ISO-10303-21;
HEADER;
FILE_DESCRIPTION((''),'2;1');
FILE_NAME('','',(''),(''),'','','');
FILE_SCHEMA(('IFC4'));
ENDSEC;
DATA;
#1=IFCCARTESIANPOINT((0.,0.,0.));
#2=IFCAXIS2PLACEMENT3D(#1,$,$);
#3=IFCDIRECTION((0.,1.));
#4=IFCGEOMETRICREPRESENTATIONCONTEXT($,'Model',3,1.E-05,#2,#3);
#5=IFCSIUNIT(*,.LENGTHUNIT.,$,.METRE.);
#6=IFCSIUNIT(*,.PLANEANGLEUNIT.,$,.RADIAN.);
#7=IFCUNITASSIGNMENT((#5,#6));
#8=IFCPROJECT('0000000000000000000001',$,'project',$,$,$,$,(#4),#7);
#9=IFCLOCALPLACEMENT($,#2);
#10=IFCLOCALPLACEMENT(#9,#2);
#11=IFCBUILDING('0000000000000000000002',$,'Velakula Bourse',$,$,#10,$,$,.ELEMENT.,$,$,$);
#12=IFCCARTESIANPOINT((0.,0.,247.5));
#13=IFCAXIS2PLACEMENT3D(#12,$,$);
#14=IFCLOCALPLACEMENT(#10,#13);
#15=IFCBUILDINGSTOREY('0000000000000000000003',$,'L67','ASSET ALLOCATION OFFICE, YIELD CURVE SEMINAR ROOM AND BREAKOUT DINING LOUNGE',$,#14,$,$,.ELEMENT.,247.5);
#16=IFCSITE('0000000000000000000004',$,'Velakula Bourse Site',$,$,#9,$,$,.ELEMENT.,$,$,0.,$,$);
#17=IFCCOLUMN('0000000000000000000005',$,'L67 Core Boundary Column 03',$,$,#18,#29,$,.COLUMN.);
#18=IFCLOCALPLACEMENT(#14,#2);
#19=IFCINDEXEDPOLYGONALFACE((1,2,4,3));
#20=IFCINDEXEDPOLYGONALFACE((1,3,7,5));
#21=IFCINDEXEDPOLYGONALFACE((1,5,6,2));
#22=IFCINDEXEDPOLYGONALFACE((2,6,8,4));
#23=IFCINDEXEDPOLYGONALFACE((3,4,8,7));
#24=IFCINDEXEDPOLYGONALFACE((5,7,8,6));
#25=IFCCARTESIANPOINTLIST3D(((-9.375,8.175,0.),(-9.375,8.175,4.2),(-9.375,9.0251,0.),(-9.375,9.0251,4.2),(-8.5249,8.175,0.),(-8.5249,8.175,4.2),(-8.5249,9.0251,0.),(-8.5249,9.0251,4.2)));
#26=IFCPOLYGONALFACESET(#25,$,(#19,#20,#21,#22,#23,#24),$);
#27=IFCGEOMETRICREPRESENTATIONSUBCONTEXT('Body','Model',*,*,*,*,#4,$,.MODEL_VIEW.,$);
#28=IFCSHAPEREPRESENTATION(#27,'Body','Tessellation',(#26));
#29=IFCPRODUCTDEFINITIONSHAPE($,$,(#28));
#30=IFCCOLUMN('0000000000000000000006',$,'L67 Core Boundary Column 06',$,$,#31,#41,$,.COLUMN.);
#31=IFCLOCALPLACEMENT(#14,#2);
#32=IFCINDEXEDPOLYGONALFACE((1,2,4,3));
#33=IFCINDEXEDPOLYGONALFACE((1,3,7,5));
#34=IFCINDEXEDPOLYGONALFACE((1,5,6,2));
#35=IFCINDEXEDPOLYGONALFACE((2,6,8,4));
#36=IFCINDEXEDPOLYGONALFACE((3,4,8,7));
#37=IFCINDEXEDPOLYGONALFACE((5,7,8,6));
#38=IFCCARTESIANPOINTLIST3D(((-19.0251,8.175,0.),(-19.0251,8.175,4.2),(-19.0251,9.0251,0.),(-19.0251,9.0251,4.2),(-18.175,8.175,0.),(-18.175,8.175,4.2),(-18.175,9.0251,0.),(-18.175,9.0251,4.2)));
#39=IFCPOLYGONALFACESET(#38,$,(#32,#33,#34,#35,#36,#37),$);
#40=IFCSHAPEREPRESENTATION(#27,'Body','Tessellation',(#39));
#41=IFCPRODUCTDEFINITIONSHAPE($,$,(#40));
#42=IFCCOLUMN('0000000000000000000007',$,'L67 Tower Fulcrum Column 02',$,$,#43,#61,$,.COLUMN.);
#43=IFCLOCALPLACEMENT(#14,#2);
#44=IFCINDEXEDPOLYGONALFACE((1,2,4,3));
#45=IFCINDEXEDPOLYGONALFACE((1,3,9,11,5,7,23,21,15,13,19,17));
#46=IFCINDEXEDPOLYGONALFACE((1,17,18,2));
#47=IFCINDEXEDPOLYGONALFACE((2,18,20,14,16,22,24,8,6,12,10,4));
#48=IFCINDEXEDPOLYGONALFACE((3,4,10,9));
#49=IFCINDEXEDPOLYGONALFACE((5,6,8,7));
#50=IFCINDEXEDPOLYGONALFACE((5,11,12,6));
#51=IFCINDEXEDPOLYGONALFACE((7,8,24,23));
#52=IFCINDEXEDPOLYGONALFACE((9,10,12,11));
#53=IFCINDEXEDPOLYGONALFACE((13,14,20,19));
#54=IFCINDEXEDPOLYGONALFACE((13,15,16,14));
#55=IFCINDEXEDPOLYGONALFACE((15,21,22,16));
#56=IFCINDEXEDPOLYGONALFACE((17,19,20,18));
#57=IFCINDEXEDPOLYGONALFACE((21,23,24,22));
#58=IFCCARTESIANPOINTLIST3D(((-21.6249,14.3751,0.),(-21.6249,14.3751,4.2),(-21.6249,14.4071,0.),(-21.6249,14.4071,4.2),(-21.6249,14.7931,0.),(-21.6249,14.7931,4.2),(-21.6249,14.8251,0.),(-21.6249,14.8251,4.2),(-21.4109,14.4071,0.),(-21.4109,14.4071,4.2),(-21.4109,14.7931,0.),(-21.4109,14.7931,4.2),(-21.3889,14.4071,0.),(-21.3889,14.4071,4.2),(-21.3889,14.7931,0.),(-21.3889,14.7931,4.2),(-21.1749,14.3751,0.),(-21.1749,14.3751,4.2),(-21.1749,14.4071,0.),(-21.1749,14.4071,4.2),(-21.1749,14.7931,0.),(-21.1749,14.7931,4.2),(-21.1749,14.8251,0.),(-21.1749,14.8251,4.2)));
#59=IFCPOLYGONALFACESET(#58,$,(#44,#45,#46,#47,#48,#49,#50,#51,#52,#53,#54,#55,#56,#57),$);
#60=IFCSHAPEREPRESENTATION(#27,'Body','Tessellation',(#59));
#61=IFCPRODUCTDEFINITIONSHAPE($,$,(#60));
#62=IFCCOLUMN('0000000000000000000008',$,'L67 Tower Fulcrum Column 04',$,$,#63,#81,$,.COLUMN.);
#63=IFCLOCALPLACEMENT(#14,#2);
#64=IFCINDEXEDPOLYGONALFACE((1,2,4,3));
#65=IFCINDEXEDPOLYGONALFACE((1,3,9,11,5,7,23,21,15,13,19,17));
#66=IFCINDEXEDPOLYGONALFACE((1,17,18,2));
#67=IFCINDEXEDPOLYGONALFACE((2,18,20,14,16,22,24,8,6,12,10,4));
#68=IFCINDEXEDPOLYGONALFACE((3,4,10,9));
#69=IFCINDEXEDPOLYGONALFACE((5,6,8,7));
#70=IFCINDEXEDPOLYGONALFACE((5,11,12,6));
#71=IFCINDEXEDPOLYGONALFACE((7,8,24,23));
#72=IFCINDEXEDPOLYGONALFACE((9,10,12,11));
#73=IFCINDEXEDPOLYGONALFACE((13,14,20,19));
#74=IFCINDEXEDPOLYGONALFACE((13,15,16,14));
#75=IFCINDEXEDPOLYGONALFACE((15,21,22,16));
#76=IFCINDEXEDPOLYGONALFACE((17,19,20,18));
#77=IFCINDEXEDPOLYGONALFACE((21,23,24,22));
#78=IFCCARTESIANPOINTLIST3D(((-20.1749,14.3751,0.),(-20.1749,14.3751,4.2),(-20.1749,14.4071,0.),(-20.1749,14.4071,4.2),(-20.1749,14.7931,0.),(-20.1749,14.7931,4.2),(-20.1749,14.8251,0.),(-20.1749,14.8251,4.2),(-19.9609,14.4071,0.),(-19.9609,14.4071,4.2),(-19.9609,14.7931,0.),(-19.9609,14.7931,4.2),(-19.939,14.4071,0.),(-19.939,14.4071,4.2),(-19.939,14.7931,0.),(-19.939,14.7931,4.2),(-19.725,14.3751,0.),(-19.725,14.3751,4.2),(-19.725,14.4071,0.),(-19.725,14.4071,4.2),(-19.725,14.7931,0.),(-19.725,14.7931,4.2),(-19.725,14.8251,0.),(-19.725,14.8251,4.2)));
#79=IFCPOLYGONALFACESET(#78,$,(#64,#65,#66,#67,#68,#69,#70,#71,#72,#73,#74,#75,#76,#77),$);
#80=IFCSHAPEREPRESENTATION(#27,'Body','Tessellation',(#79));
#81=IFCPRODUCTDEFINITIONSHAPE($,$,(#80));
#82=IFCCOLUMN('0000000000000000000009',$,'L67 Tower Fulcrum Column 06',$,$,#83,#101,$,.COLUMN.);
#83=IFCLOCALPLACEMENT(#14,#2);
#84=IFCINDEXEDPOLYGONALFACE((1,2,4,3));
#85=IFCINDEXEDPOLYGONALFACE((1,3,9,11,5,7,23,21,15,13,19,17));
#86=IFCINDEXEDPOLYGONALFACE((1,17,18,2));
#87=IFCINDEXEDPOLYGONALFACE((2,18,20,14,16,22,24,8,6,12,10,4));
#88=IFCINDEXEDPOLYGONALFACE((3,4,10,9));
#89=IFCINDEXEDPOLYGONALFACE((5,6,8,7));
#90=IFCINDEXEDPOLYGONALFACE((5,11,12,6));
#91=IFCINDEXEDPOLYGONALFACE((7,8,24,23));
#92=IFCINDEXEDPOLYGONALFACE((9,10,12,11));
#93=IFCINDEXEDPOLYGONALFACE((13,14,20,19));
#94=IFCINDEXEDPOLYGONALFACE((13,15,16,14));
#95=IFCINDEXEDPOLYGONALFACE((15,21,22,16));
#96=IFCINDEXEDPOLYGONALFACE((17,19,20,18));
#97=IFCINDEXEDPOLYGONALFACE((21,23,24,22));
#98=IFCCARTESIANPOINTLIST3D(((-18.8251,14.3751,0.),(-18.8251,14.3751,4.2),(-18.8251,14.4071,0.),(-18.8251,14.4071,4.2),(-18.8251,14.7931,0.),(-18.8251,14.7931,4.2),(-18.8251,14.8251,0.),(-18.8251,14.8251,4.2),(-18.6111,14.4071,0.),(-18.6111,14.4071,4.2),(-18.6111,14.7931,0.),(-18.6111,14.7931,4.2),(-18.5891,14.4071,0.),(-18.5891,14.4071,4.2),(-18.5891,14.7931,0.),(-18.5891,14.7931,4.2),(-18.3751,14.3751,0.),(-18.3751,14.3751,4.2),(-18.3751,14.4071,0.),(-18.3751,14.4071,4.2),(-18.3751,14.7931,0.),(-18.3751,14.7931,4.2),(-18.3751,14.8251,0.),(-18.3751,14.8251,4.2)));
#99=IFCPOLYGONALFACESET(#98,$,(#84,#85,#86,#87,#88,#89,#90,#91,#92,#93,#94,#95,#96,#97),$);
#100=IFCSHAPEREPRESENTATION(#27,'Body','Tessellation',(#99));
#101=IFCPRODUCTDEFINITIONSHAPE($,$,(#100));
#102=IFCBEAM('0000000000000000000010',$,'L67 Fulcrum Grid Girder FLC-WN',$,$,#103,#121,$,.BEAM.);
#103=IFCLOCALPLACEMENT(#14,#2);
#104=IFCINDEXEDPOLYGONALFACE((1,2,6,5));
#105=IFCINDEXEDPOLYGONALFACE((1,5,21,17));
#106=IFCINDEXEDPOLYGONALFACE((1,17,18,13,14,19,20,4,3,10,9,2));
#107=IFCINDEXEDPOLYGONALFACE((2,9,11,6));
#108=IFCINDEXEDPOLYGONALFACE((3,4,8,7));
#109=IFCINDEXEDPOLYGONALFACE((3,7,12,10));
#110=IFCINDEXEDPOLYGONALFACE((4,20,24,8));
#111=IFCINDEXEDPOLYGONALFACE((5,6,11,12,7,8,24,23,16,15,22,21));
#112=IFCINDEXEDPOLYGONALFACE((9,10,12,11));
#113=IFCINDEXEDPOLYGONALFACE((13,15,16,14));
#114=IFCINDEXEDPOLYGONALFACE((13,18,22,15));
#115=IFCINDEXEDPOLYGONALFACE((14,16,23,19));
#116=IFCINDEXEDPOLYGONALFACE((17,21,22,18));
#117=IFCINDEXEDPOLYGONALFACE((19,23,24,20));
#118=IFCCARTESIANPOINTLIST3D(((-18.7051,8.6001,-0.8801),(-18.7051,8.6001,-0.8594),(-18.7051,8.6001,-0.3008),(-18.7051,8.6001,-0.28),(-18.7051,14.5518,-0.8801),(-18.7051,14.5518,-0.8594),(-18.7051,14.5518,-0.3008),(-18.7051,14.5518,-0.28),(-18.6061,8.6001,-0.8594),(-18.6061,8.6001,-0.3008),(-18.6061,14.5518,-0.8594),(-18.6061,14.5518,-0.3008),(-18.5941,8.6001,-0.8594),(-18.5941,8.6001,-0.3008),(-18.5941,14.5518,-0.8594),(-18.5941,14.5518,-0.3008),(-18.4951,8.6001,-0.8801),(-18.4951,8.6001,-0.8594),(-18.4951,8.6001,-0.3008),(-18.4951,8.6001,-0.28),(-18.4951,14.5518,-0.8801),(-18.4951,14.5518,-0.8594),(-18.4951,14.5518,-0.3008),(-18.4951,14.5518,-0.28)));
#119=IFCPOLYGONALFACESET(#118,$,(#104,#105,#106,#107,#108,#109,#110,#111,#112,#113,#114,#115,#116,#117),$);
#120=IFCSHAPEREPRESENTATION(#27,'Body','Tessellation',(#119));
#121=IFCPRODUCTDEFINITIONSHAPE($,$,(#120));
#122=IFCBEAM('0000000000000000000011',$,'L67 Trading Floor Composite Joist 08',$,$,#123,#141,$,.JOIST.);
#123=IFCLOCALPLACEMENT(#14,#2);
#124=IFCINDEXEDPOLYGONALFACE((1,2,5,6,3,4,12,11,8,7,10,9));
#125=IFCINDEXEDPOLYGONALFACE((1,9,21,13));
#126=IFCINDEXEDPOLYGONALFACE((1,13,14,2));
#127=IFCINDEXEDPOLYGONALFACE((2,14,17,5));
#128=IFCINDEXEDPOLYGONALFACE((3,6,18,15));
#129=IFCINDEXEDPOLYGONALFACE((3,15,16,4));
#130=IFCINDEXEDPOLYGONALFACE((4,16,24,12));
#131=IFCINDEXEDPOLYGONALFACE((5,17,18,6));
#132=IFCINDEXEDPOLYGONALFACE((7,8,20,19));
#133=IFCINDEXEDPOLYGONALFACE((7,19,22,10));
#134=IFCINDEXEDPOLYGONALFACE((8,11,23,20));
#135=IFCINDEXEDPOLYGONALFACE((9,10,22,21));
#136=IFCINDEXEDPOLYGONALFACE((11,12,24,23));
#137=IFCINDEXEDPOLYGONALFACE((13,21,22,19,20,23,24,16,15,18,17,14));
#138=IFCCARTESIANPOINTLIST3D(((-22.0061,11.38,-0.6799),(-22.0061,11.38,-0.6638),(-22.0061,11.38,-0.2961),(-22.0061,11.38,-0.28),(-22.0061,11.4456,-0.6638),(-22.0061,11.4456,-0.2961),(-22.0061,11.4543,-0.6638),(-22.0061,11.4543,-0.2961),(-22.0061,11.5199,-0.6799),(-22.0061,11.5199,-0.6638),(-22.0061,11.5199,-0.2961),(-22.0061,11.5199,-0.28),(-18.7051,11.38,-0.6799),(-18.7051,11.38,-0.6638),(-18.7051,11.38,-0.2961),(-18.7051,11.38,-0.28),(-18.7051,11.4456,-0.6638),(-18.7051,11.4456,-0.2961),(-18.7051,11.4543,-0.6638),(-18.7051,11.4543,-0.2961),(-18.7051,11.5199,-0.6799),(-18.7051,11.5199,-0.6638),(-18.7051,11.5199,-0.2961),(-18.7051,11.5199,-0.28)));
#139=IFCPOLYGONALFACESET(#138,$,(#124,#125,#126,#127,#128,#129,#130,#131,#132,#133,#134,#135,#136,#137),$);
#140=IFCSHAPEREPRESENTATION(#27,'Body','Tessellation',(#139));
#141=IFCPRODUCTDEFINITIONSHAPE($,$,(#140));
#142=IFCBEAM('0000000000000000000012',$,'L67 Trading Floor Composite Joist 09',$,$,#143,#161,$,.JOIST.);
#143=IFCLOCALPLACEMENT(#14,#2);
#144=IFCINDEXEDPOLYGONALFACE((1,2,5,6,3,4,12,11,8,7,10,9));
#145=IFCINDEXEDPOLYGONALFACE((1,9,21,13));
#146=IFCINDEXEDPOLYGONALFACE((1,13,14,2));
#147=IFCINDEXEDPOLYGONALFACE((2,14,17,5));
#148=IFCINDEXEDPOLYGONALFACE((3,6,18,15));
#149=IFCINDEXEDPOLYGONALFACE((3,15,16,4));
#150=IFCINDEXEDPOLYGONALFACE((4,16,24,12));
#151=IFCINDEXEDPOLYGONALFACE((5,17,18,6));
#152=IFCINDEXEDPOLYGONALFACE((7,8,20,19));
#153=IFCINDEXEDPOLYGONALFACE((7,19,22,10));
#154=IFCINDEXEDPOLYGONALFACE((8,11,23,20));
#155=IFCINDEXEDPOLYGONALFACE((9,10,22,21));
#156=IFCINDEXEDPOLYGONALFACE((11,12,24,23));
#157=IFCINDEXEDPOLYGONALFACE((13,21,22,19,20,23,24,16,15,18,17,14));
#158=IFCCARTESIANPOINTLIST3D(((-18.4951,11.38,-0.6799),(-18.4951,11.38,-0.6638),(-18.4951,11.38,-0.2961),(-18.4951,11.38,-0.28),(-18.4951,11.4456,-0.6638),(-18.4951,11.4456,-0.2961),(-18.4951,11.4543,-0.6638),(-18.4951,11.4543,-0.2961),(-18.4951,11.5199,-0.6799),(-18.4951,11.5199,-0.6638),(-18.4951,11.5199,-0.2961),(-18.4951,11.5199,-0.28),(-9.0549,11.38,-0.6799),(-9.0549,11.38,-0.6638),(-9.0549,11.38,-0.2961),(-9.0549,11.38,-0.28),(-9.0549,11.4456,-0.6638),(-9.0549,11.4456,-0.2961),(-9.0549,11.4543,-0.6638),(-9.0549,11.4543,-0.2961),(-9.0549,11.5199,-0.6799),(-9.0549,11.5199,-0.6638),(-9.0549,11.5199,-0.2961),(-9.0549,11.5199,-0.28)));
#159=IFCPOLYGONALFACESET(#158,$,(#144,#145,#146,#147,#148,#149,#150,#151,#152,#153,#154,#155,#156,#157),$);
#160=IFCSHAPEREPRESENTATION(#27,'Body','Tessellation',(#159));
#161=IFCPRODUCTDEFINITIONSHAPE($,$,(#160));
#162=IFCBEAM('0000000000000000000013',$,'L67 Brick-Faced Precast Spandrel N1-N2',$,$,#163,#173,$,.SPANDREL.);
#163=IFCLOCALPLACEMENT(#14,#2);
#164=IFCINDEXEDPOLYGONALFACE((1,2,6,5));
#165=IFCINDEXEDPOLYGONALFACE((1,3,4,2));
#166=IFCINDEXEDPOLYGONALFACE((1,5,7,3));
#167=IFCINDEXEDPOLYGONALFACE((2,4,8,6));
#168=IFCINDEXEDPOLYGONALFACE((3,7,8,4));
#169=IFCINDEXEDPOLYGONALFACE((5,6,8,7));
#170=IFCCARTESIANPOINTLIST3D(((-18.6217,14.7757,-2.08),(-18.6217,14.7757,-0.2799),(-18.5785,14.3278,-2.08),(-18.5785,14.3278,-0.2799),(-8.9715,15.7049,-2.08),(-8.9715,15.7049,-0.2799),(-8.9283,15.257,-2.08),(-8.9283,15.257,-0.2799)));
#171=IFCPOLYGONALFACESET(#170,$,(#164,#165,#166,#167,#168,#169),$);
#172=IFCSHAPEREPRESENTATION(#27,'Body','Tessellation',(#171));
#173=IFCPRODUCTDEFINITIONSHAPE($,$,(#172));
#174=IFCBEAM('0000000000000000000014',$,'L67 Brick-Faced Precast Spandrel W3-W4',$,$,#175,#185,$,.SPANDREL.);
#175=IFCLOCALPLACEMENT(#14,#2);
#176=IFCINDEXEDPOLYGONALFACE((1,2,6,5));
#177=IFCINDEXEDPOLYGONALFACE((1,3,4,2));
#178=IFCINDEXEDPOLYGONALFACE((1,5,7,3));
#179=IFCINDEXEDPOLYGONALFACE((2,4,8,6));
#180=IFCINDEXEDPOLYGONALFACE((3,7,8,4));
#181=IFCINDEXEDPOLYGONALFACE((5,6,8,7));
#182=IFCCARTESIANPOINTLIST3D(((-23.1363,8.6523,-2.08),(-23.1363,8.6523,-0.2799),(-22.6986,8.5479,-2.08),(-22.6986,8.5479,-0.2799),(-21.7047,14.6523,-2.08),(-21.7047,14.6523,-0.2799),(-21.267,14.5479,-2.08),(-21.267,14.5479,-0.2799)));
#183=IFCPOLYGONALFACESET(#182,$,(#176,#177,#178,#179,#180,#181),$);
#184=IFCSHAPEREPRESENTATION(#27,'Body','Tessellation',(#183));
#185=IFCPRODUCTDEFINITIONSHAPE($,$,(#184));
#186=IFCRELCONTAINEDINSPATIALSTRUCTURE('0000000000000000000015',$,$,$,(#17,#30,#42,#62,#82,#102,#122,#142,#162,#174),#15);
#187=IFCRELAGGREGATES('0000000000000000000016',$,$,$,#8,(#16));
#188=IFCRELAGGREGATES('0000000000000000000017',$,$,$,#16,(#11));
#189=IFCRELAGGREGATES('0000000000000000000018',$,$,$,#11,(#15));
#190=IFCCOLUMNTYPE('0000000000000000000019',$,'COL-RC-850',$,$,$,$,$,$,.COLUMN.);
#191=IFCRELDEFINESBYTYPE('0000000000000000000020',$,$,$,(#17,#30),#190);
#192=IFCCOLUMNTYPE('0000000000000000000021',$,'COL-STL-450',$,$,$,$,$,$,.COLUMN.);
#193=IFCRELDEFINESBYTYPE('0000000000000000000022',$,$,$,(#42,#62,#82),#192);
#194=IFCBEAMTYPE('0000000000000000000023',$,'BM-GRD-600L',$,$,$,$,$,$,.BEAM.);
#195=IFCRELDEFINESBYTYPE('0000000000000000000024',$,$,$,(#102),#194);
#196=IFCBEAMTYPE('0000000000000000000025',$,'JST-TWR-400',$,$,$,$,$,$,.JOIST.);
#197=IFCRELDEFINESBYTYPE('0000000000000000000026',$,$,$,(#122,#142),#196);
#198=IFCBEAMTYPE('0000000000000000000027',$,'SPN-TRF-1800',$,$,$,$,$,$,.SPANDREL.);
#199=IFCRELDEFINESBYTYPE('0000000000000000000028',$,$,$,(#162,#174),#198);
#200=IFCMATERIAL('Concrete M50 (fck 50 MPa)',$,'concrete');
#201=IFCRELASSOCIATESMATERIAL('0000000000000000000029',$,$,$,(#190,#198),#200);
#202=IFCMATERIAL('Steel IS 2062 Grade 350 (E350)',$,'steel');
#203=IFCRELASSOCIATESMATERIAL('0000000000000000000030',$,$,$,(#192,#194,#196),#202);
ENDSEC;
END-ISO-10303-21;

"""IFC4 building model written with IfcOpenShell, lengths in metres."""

from ifc_helpers import new_model, si_unit, direction, frame, origin, origin_2d, place, context, subcontext, project, spatial, rectangle, i_section, extrude, material, material_profile, profile_set, type_object, element, save


model = new_model("IFC4")

# Units and contexts
model_context = context("Model", 3, precision=1e-05, world=origin(), true_north=direction((0.0, 1.0)))
body_context = subcontext(model_context, "Body", "Model", "MODEL_VIEW")
ifc_project = project(units=[si_unit("LENGTHUNIT", "METRE"), si_unit("PLANEANGLEUNIT", "RADIAN")], contexts=[model_context])

# Site, building, storey
site_placement = place(None, origin())
site = spatial("IfcSite", under=ifc_project, at=site_placement, Name="Velakula Bourse Site", CompositionType="ELEMENT", RefElevation=0.0)
building_placement = place(site_placement, origin())
building = spatial("IfcBuilding", under=site, at=building_placement, Name="Velakula Bourse", CompositionType="ELEMENT")
storey_placement = place(building_placement, frame((0.0, 0.0, 247.5)))
storey = spatial("IfcBuildingStorey", under=building, at=storey_placement, Name="L67", Description="ASSET ALLOCATION OFFICE, YIELD CURVE SEMINAR ROOM AND BREAKOUT DINING LOUNGE", CompositionType="ELEMENT", Elevation=247.5)

# Columns
ifc_material_1 = material(Name="Concrete M50 (fck 50 MPa)", Category="concrete")
ifc_material_profile_1 = material_profile(ifc_material_1, rectangle(XDim=0.8501, YDim=0.8501, at=origin_2d()), Name="Concrete M50 (fck 50 MPa)")
ifc_profile_set_1 = profile_set([ifc_material_profile_1], Name="Concrete M50 (fck 50 MPa)")
column_type_1 = type_object("IfcColumnType", Name="COL-RC-850", PredefinedType="COLUMN", material=ifc_profile_set_1)
for number, where, z_axis, x_axis, name in (
    (1, (-8.95, 8.6001, 0.0), (0.0, 0.0, 1.0), (1.0, 0.0, 0.0), "L67 Core Boundary Column 03"),
    (2, (-18.6001, 8.6001, 0.0), (0.0, 0.0, 1.0), (1.0, 0.0, 0.0), "L67 Core Boundary Column 06"),
):
    element("IfcColumn", number, at=place(storey_placement, frame(where, z_axis=z_axis, x_axis=x_axis)), inside=storey, type_object=column_type_1, Name=name, PredefinedType="COLUMN", context=body_context, shape_type="SweptSolid", body=[
        extrude(rectangle(XDim=0.8501, YDim=0.8501, at=origin_2d()), origin(), (0.0, 0.0, 1.0), 4.2),
    ])
ifc_material_2 = material(Name="Steel IS 2062 Grade 350 (E350)", Category="steel")
ifc_material_profile_2 = material_profile(ifc_material_2, i_section(OverallWidth=0.45, OverallDepth=0.45, WebThickness=0.022, FlangeThickness=0.032, at=origin_2d()), Name="Steel IS 2062 Grade 350 (E350)")
ifc_profile_set_2 = profile_set([ifc_material_profile_2], Name="Steel IS 2062 Grade 350 (E350)")
column_type_2 = type_object("IfcColumnType", Name="COL-STL-450", PredefinedType="COLUMN", material=ifc_profile_set_2)
for number, where, z_axis, x_axis, name in (
    (3, (-21.3999, 14.6001, 0.0), (0.0, 0.0, 1.0), (1.0, 0.0, 0.0), "L67 Tower Fulcrum Column 02"),
    (4, (-19.95, 14.6001, 0.0), (0.0, 0.0, 1.0), (1.0, 0.0, 0.0), "L67 Tower Fulcrum Column 04"),
    (5, (-18.6001, 14.6001, 0.0), (0.0, 0.0, 1.0), (1.0, 0.0, 0.0), "L67 Tower Fulcrum Column 06"),
):
    element("IfcColumn", number, at=place(storey_placement, frame(where, z_axis=z_axis, x_axis=x_axis)), inside=storey, type_object=column_type_2, Name=name, PredefinedType="COLUMN", context=body_context, shape_type="SweptSolid", body=[
        extrude(i_section(OverallWidth=0.45, OverallDepth=0.45, WebThickness=0.022, FlangeThickness=0.032, at=origin_2d()), origin(), (0.0, 0.0, 1.0), 4.2),
    ])

# Beams
ifc_material_profile_3 = material_profile(ifc_material_2, i_section(OverallWidth=0.21, OverallDepth=0.6001, WebThickness=0.012, FlangeThickness=0.0208, at=origin_2d()), Name="Steel IS 2062 Grade 350 (E350)")
ifc_profile_set_3 = profile_set([ifc_material_profile_3], Name="Steel IS 2062 Grade 350 (E350)")
beam_type_1 = type_object("IfcBeamType", Name="BM-GRD-600L", PredefinedType="BEAM", material=ifc_profile_set_3)
beam_1_placement = place(storey_placement, frame((-18.6001, 8.6001, -0.5801), z_axis=(0.0, 1.0, 0.0), x_axis=(-1.0, 0.0, 0.0)))
element("IfcBeam", 6, at=beam_1_placement, inside=storey, type_object=beam_type_1, Name="L67 Fulcrum Grid Girder FLC-WN", PredefinedType="BEAM", context=body_context, shape_type="SweptSolid", body=[
    extrude(i_section(OverallWidth=0.21, OverallDepth=0.6001, WebThickness=0.012, FlangeThickness=0.0208, at=origin_2d()), origin(), (0.0, 0.0, 1.0), 5.9517),
])
ifc_material_profile_4 = material_profile(ifc_material_2, i_section(OverallWidth=0.1399, OverallDepth=0.3999, WebThickness=0.0088, FlangeThickness=0.0161, at=origin_2d()), Name="Steel IS 2062 Grade 350 (E350)")
ifc_profile_set_4 = profile_set([ifc_material_profile_4], Name="Steel IS 2062 Grade 350 (E350)")
beam_type_2 = type_object("IfcBeamType", Name="JST-TWR-400", PredefinedType="JOIST", material=ifc_profile_set_4)
beam_2_placement = place(storey_placement, frame((-22.0061, 11.45, -0.48), z_axis=(1.0, 0.0, 0.0), x_axis=(0.0, 1.0, 0.0)))
element("IfcBeam", 7, at=beam_2_placement, inside=storey, type_object=beam_type_2, Name="L67 Trading Floor Composite Joist 08", PredefinedType="JOIST", context=body_context, shape_type="SweptSolid", body=[
    extrude(i_section(OverallWidth=0.1399, OverallDepth=0.3999, WebThickness=0.0088, FlangeThickness=0.0161, at=origin_2d()), origin(), (0.0, 0.0, 1.0), 3.301),
])
beam_3_placement = place(storey_placement, frame((-18.4951, 11.45, -0.48), z_axis=(1.0, 0.0, 0.0), x_axis=(0.0, 1.0, 0.0)))
element("IfcBeam", 8, at=beam_3_placement, inside=storey, type_object=beam_type_2, Name="L67 Trading Floor Composite Joist 09", PredefinedType="JOIST", context=body_context, shape_type="SweptSolid", body=[
    extrude(i_section(OverallWidth=0.1399, OverallDepth=0.3999, WebThickness=0.0088, FlangeThickness=0.0161, at=origin_2d()), origin(), (0.0, 0.0, 1.0), 9.4402),
])
ifc_material_profile_5 = material_profile(ifc_material_1, rectangle(XDim=0.45, YDim=1.8, at=origin_2d()), Name="Concrete M50 (fck 50 MPa)")
ifc_profile_set_5 = profile_set([ifc_material_profile_5], Name="Concrete M50 (fck 50 MPa)")
beam_type_3 = type_object("IfcBeamType", Name="SPN-TRF-1800", PredefinedType="SPANDREL", material=ifc_profile_set_5)
beam_4_placement = place(storey_placement, frame((-18.6001, 14.5518, -1.1799), z_axis=(0.995396, 0.095845, 0.0), x_axis=(-0.095845, 0.995396, 0.0)))
element("IfcBeam", 9, at=beam_4_placement, inside=storey, type_object=beam_type_3, Name="L67 Brick-Faced Precast Spandrel N1-N2", PredefinedType="SPANDREL", context=body_context, shape_type="SweptSolid", body=[
    extrude(rectangle(XDim=0.45, YDim=1.8, at=origin_2d()), origin(), (0.0, 0.0, 1.0), 9.6948),
])
beam_5_placement = place(storey_placement, frame((-22.9175, 8.6001, -1.1799), z_axis=(0.232091, 0.972694, 0.0), x_axis=(-0.972694, 0.232091, 0.0)))
element("IfcBeam", 10, at=beam_5_placement, inside=storey, type_object=beam_type_3, Name="L67 Brick-Faced Precast Spandrel W3-W4", PredefinedType="SPANDREL", context=body_context, shape_type="SweptSolid", body=[
    extrude(rectangle(XDim=0.45, YDim=1.8, at=origin_2d()), origin(), (0.0, 0.0, 1.0), 6.1685),
])

save(model, "model.ifc")
